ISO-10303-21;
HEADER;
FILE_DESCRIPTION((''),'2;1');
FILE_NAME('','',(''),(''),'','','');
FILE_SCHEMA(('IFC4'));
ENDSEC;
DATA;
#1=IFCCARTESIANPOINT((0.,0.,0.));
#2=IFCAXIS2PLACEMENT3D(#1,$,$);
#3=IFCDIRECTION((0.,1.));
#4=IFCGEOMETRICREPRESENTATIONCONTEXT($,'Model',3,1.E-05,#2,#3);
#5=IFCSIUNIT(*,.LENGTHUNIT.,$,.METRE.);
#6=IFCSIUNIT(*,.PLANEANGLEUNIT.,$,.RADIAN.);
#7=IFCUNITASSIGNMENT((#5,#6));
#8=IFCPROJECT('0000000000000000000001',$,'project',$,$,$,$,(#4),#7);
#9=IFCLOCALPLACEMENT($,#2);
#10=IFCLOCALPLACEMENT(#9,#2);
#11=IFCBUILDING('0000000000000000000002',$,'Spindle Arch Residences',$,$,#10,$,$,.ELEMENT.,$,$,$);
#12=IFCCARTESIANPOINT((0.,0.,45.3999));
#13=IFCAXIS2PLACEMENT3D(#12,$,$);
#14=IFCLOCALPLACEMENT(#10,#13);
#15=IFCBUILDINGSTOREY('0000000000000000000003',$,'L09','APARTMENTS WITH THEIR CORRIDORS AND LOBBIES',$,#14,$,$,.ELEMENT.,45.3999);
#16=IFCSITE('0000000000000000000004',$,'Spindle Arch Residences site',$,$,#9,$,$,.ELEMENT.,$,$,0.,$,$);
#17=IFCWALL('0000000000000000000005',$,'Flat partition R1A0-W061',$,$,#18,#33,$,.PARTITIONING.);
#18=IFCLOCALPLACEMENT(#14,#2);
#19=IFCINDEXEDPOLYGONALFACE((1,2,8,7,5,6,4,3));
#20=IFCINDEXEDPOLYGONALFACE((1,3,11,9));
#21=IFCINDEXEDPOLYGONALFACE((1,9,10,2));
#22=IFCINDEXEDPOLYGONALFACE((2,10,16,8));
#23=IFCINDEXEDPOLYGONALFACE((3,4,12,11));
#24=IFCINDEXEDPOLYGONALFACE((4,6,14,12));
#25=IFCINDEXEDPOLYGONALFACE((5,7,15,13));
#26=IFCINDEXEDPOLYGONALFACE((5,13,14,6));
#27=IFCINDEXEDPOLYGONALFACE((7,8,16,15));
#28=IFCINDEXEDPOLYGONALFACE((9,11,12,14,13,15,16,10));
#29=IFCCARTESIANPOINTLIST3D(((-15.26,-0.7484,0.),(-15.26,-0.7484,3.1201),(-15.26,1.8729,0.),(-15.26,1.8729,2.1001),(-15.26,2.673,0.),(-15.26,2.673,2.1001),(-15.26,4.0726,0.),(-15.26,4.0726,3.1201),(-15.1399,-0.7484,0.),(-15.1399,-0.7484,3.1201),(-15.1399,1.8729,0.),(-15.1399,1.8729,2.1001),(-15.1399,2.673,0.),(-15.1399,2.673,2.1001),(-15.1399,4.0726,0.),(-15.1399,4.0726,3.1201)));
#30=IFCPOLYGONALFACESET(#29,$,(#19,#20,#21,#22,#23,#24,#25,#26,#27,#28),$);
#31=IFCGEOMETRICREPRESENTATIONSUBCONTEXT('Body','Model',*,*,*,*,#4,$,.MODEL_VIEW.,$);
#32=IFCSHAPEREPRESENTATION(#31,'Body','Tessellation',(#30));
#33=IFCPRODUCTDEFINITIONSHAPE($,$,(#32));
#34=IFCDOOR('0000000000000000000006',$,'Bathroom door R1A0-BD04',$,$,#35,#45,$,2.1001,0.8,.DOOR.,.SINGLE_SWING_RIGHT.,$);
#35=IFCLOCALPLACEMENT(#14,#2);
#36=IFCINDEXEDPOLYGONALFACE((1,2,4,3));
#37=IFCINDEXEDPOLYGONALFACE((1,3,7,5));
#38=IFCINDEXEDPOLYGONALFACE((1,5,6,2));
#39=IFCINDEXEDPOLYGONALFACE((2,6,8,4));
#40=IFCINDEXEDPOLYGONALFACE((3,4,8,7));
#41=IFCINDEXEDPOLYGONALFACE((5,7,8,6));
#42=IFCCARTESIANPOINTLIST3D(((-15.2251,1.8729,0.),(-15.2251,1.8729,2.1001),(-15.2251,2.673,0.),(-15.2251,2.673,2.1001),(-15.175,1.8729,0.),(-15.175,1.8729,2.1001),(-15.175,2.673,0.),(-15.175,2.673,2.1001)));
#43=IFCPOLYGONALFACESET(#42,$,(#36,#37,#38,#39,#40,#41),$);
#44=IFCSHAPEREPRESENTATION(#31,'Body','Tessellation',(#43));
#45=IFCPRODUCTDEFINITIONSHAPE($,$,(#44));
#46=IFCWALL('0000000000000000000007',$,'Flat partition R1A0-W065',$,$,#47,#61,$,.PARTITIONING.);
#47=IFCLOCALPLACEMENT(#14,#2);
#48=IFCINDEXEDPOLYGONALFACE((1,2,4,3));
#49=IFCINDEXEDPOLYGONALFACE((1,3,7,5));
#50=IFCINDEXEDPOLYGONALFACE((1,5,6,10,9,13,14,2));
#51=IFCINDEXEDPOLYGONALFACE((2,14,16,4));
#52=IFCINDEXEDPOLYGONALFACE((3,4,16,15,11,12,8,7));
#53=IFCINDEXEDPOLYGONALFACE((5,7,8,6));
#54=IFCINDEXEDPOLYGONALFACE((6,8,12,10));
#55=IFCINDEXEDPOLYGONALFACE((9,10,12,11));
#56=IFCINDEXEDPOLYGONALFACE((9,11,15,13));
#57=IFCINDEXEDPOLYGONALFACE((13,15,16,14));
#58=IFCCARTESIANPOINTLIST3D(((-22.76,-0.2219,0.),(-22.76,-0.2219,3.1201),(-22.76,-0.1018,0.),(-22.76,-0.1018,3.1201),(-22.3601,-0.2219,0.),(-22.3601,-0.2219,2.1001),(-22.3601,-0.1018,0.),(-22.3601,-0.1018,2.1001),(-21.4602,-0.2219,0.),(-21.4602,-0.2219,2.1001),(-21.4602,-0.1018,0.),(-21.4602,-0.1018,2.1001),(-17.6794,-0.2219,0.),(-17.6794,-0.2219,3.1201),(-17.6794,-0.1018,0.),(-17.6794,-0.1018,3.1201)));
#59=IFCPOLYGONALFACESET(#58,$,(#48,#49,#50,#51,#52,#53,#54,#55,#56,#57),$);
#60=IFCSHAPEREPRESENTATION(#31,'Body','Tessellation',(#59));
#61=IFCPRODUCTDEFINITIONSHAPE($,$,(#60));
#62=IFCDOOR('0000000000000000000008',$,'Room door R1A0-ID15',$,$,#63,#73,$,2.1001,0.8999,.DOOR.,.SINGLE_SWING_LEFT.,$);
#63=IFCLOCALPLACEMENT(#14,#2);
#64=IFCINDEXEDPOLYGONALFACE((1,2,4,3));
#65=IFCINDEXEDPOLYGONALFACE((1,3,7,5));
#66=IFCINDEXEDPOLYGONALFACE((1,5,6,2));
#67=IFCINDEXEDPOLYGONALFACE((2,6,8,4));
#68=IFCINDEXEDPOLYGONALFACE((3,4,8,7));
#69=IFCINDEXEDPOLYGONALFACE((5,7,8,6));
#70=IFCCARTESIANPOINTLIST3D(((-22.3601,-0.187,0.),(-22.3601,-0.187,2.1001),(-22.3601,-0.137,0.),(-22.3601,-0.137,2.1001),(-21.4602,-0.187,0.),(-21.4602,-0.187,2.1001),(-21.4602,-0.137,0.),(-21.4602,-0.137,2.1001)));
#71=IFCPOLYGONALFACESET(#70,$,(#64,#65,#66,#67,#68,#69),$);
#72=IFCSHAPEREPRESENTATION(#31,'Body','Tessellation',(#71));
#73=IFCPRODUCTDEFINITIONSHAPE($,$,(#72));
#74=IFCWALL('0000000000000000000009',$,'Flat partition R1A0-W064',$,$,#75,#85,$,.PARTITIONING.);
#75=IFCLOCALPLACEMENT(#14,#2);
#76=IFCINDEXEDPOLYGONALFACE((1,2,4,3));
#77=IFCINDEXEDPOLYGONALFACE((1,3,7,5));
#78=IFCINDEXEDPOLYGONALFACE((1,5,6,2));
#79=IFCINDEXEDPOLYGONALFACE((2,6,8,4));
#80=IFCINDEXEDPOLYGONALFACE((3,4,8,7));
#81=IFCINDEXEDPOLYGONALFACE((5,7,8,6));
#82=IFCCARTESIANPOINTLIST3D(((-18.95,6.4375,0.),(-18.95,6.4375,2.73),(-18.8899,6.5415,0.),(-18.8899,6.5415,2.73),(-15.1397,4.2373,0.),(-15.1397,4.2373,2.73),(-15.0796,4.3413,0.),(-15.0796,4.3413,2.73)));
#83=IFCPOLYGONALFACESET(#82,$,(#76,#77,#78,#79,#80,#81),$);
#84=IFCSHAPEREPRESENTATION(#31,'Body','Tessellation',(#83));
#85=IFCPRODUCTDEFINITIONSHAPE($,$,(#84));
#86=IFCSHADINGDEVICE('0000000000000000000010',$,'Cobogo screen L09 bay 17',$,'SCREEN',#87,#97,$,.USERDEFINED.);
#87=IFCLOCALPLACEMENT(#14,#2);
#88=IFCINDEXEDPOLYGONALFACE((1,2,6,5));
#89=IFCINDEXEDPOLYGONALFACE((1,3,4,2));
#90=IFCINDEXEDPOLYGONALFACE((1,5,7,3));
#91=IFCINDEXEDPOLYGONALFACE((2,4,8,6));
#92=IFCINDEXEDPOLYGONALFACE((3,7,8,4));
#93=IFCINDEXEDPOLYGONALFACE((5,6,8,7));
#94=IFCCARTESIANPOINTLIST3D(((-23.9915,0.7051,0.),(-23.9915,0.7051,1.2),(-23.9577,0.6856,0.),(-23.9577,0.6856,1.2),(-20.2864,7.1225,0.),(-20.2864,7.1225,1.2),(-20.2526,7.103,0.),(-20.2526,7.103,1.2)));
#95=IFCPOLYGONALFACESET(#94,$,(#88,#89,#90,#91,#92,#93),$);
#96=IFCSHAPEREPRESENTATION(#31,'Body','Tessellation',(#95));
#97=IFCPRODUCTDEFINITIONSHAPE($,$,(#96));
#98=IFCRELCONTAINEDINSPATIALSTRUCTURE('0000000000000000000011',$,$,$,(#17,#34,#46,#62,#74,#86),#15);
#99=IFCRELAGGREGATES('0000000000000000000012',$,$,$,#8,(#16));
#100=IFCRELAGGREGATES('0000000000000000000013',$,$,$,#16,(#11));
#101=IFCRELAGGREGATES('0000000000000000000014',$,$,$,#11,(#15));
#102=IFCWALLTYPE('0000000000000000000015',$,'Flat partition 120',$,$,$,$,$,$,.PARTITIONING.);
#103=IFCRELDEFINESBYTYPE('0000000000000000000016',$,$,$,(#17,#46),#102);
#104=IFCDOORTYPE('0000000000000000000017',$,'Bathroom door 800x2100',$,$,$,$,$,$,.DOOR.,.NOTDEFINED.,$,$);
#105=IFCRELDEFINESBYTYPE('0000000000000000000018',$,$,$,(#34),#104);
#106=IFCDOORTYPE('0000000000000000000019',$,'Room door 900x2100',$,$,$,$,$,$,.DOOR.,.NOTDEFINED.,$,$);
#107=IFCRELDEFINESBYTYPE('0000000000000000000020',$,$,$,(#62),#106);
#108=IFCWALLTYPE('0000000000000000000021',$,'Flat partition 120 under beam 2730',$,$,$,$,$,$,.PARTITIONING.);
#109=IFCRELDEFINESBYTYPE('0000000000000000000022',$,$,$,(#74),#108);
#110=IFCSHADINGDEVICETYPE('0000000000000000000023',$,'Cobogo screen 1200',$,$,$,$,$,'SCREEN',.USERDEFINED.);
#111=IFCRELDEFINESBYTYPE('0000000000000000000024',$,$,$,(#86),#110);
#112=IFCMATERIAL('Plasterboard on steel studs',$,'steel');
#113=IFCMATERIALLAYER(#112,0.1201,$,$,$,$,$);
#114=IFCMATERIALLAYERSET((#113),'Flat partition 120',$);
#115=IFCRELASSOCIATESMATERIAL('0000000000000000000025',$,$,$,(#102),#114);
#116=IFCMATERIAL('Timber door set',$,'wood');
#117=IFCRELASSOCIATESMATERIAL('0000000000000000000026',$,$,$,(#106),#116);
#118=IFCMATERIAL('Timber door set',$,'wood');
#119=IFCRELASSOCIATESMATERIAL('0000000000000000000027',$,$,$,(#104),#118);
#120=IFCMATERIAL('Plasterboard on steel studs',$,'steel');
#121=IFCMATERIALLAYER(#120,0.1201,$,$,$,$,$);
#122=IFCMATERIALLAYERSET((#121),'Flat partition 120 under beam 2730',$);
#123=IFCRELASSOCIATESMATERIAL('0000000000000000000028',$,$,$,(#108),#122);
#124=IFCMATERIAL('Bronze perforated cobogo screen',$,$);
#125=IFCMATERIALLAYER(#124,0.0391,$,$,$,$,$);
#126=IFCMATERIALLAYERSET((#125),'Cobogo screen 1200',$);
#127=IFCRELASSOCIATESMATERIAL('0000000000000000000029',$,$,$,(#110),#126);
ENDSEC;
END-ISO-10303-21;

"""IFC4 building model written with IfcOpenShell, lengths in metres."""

from ifc_helpers import new_model, si_unit, direction, frame, frame_2d, origin, origin_2d, place, context, subcontext, project, spatial, rectangle, extrude, material, layer, layer_set, type_object, element, fill, save


model = new_model("IFC4")

# Units and contexts
model_context = context("Model", 3, precision=1e-05, world=origin(), true_north=direction((0.0, 1.0)))
body_context = subcontext(model_context, "Body", "Model", "MODEL_VIEW")
ifc_project = project(units=[si_unit("LENGTHUNIT", "METRE"), si_unit("PLANEANGLEUNIT", "RADIAN")], contexts=[model_context])

# Site, building, storey
site_placement = place(None, origin())
site = spatial("IfcSite", under=ifc_project, at=site_placement, Name="Spindle Arch Residences site", CompositionType="ELEMENT", RefElevation=0.0)
building_placement = place(site_placement, origin())
building = spatial("IfcBuilding", under=site, at=building_placement, Name="Spindle Arch Residences", CompositionType="ELEMENT")
storey_placement = place(building_placement, frame((0.0, 0.0, 45.3999)))
storey = spatial("IfcBuildingStorey", under=building, at=storey_placement, Name="L09", Description="APARTMENTS WITH THEIR CORRIDORS AND LOBBIES", CompositionType="ELEMENT", Elevation=45.3999)

# Shared definitions
ifc_material_1 = material(Name="Plasterboard on steel studs", Category="steel")
ifc_layer_1 = layer(ifc_material_1, 0.1201)
ifc_layer_set_1 = layer_set([ifc_layer_1], Name="Flat partition 120")
wall_type_1 = type_object("IfcWallType", Name="Flat partition 120", PredefinedType="PARTITIONING", material=ifc_layer_set_1)

# Shared definitions
ifc_material_2 = material(Name="Timber door set", Category="wood")
door_type_1 = type_object("IfcDoorType", Name="Room door 900x2100", OperationType="NOTDEFINED", PredefinedType="DOOR", material=ifc_material_2)

# Walls, openings, doors
wall_1_placement = place(storey_placement, frame((-15.2, 4.0728, 0.0), z_axis=(0.0, 0.0, 1.0), x_axis=(0.0, -1.0, 0.0)))
wall_1 = element("IfcWall", 1, at=wall_1_placement, inside=storey, type_object=wall_type_1, Name="Flat partition R1A0-W061", PredefinedType="PARTITIONING", context=body_context, shape_type="SweptSolid", body=[
    extrude(rectangle(XDim=4.821, YDim=0.1201, at=frame_2d((2.4106, 0.0))), origin(), (0.0, 0.0, 1.0), 3.1201),
])
opening_1_placement = place(wall_1_placement, frame((1.3999, 0.0, 0.0)))
opening_1 = element("IfcOpeningElement", 2, at=opening_1_placement, cuts=wall_1, PredefinedType="OPENING", context=body_context, shape_type="SweptSolid", body=[
    extrude(rectangle(XDim=0.8, YDim=2.1001, at=frame_2d((0.3999, 1.05))), frame((0.0, 0.0701, 0.0), z_axis=(0.0, -1.0, 0.0), x_axis=(1.0, 0.0, 0.0)), (0.0, 0.0, 1.0), 0.1401),
])
ifc_material_3 = material(Name="Timber door set", Category="wood")
door_type_2 = type_object("IfcDoorType", Name="Bathroom door 800x2100", OperationType="NOTDEFINED", PredefinedType="DOOR", material=ifc_material_3)
door_1_placement = place(opening_1_placement, origin())
door_1 = element("IfcDoor", 3, at=door_1_placement, inside=storey, type_object=door_type_2, Name="Bathroom door R1A0-BD04", OperationType="SINGLE_SWING_RIGHT", OverallHeight=2.1001, OverallWidth=0.8, PredefinedType="DOOR", context=body_context, shape_type="SweptSolid", body=[
    extrude(rectangle(XDim=0.8, YDim=2.1001, at=frame_2d((0.3999, 1.05))), frame((0.0, 0.0249, 0.0), z_axis=(0.0, -1.0, 0.0), x_axis=(1.0, 0.0, 0.0)), (0.0, 0.0, 1.0), 0.05),
])
fill(opening_1, door_1)
wall_2_placement = place(storey_placement, frame((-22.76, -0.1619, 0.0), z_axis=(0.0, 0.0, 1.0), x_axis=(1.0, 0.0, 0.0)))
wall_2 = element("IfcWall", 4, at=wall_2_placement, inside=storey, type_object=wall_type_1, Name="Flat partition R1A0-W065", PredefinedType="PARTITIONING", context=body_context, shape_type="SweptSolid", body=[
    extrude(rectangle(XDim=5.0806, YDim=0.1201, at=frame_2d((2.5403, 0.0))), origin(), (0.0, 0.0, 1.0), 3.1201),
])
opening_2_placement = place(wall_2_placement, frame((0.3999, 0.0, 0.0)))
opening_2 = element("IfcOpeningElement", 5, at=opening_2_placement, cuts=wall_2, PredefinedType="OPENING", context=body_context, shape_type="SweptSolid", body=[
    extrude(rectangle(XDim=0.8999, YDim=2.1001, at=frame_2d((0.45, 1.05))), frame((0.0, 0.0701, 0.0), z_axis=(0.0, -1.0, 0.0), x_axis=(1.0, 0.0, 0.0)), (0.0, 0.0, 1.0), 0.1401),
])
door_2_placement = place(opening_2_placement, origin())
door_2 = element("IfcDoor", 6, at=door_2_placement, inside=storey, type_object=door_type_1, Name="Room door R1A0-ID15", OperationType="SINGLE_SWING_LEFT", OverallHeight=2.1001, OverallWidth=0.8999, PredefinedType="DOOR", context=body_context, shape_type="SweptSolid", body=[
    extrude(rectangle(XDim=0.8999, YDim=2.1001, at=frame_2d((0.45, 1.05))), frame((0.0, 0.0249, 0.0), z_axis=(0.0, -1.0, 0.0), x_axis=(1.0, 0.0, 0.0)), (0.0, 0.0, 1.0), 0.05),
])
fill(opening_2, door_2)

# Wall
ifc_material_4 = material(Name="Plasterboard on steel studs", Category="steel")
ifc_layer_2 = layer(ifc_material_4, 0.1201)
ifc_layer_set_2 = layer_set([ifc_layer_2], Name="Flat partition 120 under beam 2730")
wall_type_2 = type_object("IfcWallType", Name="Flat partition 120 under beam 2730", PredefinedType="PARTITIONING", material=ifc_layer_set_2)
wall_3_placement = place(storey_placement, frame((-18.9199, 6.4895, 0.0), z_axis=(0.0, 0.0, 1.0), x_axis=(0.865994, -0.500054, 0.0)))
element("IfcWall", 7, at=wall_3_placement, inside=storey, type_object=wall_type_2, Name="Flat partition R1A0-W064", PredefinedType="PARTITIONING", context=body_context, shape_type="SweptSolid", body=[
    extrude(rectangle(XDim=4.3999, YDim=0.1201, at=frame_2d((2.2, 0.0))), origin(), (0.0, 0.0, 1.0), 2.73),
])

# Shading device
ifc_material_5 = material(Name="Bronze perforated cobogo screen")
ifc_layer_3 = layer(ifc_material_5, 0.0391)
ifc_layer_set_3 = layer_set([ifc_layer_3], Name="Cobogo screen 1200")
shading_device_type = type_object("IfcShadingDeviceType", Name="Cobogo screen 1200", ElementType="SCREEN", PredefinedType="USERDEFINED", material=ifc_layer_set_3)
shading_device_placement = place(storey_placement, frame((-22.1221, 3.9041, 0.0), z_axis=(0.0, 0.0, 1.0), x_axis=(-0.5, -0.866025, 0.0)))
element("IfcShadingDevice", 8, at=shading_device_placement, inside=storey, type_object=shading_device_type, Name="Cobogo screen L09 bay 17", ObjectType="SCREEN", PredefinedType="USERDEFINED", context=body_context, shape_type="SweptSolid", body=[
    extrude(rectangle(XDim=7.4102, YDim=0.0391, at=origin_2d()), origin(), (0.0, 0.0, 1.0), 1.2),
])

save(model, "model.ifc")
